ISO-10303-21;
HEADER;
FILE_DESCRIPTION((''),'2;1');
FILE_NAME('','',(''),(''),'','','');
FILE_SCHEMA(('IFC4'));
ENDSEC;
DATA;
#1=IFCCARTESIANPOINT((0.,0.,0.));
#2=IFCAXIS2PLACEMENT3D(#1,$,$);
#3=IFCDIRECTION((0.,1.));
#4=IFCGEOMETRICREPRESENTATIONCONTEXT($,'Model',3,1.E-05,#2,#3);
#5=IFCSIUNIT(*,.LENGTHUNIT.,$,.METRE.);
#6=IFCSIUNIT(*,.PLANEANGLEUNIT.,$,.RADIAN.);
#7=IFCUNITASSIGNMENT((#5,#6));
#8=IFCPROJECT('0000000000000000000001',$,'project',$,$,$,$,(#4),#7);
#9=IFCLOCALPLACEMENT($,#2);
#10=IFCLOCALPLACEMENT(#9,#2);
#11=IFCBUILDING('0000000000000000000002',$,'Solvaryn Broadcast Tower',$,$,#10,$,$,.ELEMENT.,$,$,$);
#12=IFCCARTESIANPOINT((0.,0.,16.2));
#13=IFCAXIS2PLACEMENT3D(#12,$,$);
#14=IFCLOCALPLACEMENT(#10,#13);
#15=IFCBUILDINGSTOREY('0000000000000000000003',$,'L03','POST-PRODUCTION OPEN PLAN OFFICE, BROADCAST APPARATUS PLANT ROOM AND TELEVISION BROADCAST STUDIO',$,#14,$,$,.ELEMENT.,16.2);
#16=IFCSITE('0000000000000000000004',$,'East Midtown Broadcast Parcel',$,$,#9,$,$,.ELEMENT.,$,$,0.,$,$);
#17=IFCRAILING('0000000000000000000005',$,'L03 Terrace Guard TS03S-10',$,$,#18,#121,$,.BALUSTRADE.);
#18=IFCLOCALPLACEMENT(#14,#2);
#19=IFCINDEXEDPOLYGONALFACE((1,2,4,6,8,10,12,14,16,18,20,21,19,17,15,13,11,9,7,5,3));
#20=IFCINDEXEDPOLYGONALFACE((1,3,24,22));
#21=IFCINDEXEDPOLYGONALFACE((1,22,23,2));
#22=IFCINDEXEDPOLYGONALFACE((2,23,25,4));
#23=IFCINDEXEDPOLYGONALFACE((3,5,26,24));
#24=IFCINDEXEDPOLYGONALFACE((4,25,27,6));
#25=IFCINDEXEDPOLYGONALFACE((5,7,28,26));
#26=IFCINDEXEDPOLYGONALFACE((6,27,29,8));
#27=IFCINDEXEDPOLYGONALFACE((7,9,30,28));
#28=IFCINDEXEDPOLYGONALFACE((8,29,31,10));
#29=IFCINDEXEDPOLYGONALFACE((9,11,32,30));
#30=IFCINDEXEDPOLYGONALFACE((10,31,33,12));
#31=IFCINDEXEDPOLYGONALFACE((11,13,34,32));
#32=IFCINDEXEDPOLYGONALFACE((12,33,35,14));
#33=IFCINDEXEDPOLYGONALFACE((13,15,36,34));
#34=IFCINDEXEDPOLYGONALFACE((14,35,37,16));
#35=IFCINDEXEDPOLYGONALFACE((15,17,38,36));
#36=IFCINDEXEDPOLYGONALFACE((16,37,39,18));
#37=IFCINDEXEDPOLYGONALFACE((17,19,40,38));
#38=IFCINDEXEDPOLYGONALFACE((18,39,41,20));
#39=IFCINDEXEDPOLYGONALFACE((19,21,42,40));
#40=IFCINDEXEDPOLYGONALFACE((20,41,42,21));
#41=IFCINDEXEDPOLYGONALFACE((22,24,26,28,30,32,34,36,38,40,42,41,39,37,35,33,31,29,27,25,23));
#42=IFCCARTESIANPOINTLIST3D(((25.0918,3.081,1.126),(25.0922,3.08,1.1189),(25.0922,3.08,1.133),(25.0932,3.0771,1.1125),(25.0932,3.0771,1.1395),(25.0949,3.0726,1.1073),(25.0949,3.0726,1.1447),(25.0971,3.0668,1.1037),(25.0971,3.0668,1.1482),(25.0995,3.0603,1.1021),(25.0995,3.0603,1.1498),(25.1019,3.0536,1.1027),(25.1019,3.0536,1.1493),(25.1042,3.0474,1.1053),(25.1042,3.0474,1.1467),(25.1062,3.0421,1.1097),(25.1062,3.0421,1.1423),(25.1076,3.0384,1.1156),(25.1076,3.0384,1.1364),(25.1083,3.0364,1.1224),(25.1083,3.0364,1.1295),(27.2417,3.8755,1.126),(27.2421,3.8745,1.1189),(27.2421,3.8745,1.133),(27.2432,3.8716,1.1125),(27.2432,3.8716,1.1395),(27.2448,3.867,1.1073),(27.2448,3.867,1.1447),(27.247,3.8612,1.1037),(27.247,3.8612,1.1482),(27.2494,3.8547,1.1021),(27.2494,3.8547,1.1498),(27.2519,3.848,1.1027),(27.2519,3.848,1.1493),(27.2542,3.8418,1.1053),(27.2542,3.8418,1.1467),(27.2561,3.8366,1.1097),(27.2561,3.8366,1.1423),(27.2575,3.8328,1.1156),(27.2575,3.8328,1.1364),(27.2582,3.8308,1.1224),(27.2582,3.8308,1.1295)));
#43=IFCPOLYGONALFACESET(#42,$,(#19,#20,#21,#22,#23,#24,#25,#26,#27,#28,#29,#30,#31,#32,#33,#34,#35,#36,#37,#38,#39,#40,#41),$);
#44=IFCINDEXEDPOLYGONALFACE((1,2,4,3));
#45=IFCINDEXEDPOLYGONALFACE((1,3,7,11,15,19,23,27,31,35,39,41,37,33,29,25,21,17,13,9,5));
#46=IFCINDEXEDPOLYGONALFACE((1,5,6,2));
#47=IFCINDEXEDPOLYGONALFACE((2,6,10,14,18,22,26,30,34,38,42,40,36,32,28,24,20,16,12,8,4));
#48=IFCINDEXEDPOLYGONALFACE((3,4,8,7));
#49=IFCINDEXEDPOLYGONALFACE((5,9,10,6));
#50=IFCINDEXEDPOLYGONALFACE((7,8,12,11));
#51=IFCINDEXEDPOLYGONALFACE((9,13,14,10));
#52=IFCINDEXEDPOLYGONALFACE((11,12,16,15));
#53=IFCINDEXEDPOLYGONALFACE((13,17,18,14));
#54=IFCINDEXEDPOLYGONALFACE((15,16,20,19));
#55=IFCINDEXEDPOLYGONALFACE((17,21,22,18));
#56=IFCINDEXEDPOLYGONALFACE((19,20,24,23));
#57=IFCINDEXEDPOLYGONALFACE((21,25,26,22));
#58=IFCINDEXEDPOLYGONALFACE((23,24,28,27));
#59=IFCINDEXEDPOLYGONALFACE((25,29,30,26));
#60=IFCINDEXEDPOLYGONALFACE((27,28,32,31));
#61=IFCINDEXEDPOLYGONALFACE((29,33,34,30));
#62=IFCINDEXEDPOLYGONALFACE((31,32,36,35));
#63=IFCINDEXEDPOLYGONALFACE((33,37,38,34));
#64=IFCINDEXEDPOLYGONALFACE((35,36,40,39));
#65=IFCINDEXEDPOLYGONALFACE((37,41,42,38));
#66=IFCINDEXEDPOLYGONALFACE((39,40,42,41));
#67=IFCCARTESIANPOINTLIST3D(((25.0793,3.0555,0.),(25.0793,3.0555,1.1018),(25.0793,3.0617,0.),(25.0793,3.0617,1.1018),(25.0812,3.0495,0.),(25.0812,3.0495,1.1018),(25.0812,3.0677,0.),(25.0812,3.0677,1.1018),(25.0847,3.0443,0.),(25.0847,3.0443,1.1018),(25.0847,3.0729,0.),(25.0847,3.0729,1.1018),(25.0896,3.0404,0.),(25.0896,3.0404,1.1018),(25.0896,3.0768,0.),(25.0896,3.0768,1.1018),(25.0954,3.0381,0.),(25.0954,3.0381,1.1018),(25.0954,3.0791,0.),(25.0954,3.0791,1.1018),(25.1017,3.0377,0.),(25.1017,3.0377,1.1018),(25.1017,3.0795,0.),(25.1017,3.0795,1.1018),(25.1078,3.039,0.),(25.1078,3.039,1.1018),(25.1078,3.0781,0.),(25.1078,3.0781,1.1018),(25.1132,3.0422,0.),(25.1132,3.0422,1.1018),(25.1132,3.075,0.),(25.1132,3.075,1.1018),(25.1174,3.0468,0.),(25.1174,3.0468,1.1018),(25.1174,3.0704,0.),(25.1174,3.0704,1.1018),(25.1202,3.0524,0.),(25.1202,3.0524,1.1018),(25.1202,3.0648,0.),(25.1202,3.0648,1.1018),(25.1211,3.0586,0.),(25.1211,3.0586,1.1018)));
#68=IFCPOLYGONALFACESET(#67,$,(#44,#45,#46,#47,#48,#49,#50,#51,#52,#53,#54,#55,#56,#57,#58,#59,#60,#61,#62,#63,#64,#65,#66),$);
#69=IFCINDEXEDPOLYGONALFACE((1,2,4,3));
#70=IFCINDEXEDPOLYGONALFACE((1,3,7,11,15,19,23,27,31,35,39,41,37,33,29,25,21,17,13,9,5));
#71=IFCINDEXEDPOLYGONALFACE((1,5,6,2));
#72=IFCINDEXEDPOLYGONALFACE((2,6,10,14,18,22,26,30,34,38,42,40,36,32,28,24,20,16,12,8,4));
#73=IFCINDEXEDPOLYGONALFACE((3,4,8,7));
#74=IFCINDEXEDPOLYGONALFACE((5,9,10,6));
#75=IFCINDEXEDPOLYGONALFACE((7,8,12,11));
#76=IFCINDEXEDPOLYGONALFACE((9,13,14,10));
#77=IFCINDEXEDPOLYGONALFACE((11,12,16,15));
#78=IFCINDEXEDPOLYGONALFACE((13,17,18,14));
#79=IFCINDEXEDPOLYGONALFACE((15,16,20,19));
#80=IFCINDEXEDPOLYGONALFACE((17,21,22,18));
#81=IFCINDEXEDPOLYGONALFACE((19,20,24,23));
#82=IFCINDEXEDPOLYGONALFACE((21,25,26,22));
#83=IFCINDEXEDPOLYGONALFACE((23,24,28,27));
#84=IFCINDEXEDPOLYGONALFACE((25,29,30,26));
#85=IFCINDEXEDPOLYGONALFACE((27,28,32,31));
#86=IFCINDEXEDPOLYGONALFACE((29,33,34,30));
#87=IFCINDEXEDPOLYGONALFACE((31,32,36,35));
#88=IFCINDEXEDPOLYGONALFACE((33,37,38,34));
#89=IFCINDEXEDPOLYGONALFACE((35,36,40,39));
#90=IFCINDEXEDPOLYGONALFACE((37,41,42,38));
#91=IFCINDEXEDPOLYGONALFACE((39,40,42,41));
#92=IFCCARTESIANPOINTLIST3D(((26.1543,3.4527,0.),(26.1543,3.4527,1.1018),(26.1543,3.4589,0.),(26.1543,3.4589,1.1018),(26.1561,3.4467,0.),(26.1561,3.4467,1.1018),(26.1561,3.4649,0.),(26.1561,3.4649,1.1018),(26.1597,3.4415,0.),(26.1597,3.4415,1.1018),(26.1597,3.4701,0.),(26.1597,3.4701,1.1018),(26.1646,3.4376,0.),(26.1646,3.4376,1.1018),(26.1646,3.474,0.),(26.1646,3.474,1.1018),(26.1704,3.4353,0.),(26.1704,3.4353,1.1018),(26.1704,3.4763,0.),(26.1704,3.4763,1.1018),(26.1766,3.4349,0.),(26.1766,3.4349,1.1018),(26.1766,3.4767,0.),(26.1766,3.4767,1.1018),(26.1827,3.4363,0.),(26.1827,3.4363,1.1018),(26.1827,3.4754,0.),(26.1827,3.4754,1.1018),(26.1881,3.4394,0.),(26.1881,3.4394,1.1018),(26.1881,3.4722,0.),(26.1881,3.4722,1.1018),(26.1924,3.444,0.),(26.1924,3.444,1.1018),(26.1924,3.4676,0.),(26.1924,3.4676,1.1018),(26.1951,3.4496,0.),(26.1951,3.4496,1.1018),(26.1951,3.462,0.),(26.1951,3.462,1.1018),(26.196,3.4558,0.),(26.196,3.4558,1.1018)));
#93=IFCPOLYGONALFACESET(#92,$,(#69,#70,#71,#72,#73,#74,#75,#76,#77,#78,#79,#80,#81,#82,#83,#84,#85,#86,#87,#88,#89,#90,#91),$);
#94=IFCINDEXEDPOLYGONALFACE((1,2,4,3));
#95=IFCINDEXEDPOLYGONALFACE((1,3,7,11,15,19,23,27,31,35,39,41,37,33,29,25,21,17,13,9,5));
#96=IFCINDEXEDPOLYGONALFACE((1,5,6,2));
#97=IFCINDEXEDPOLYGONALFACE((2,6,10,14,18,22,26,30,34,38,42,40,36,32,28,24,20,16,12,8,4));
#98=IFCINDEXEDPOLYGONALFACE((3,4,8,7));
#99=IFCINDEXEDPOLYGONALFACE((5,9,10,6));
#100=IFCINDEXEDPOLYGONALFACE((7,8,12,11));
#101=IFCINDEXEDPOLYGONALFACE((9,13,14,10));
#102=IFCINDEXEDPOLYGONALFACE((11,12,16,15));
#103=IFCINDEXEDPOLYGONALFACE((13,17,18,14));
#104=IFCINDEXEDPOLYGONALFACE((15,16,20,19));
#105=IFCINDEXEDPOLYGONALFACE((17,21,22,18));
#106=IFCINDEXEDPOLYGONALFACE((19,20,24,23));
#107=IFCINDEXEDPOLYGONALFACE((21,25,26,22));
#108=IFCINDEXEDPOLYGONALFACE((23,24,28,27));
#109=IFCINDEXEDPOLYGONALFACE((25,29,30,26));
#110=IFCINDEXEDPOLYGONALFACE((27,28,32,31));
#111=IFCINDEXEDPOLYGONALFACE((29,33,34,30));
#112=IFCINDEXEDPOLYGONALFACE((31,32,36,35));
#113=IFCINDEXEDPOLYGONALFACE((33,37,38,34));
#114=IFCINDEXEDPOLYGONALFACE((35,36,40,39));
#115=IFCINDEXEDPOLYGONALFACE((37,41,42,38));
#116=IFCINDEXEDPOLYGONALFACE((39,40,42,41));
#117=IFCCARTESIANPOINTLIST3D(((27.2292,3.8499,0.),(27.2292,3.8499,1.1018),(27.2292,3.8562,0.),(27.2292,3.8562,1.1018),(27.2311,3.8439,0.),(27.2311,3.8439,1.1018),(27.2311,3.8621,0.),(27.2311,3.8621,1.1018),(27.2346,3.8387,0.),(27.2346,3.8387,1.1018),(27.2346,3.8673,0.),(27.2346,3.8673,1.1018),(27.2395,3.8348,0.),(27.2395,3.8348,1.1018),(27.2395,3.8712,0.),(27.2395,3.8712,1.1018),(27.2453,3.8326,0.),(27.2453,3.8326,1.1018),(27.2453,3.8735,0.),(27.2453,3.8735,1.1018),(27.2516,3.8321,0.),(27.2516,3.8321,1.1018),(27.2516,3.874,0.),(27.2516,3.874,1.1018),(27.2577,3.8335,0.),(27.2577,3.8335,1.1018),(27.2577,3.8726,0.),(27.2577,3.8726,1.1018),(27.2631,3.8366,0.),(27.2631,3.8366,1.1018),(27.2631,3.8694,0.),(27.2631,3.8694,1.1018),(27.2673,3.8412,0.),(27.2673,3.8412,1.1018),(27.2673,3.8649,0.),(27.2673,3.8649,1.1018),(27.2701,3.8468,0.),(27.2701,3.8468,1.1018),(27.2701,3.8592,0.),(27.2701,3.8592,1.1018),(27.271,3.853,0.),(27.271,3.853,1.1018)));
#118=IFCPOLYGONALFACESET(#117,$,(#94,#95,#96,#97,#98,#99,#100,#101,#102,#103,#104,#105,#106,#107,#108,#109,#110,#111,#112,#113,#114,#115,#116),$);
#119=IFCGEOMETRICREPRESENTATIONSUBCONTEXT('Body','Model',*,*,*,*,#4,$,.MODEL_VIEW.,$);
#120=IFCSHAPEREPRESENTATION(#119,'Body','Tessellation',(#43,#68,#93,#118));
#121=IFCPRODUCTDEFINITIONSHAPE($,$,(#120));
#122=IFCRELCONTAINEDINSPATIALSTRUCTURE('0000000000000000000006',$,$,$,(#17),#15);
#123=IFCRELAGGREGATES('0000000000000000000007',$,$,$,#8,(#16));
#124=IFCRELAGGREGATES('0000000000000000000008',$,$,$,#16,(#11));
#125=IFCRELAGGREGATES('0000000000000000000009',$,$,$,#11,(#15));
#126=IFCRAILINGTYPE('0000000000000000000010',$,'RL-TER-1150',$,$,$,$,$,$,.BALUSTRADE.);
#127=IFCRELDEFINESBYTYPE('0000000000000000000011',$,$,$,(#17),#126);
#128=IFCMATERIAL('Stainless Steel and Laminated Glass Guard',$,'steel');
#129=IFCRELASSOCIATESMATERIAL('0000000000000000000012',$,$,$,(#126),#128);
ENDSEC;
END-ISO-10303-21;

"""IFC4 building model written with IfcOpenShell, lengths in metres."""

from ifc_helpers import new_model, si_unit, direction, frame, origin, origin_2d, place, context, subcontext, project, spatial, circle, extrude, material, type_object, element, save


model = new_model("IFC4")

# Units and contexts
model_context = context("Model", 3, precision=1e-05, world=origin(), true_north=direction((0.0, 1.0)))
body_context = subcontext(model_context, "Body", "Model", "MODEL_VIEW")
ifc_project = project(units=[si_unit("LENGTHUNIT", "METRE"), si_unit("PLANEANGLEUNIT", "RADIAN")], contexts=[model_context])

# Site, building, storey
site_placement = place(None, origin())
site = spatial("IfcSite", under=ifc_project, at=site_placement, Name="East Midtown Broadcast Parcel", CompositionType="ELEMENT", RefElevation=0.0)
building_placement = place(site_placement, origin())
building = spatial("IfcBuilding", under=site, at=building_placement, Name="Solvaryn Broadcast Tower", CompositionType="ELEMENT")
storey_placement = place(building_placement, frame((0.0, 0.0, 16.2)))
storey = spatial("IfcBuildingStorey", under=building, at=storey_placement, Name="L03", Description="POST-PRODUCTION OPEN PLAN OFFICE, BROADCAST APPARATUS PLANT ROOM AND TELEVISION BROADCAST STUDIO", CompositionType="ELEMENT", Elevation=16.2)

# Railing
ifc_material_1 = material(Name="Stainless Steel and Laminated Glass Guard", Category="steel")
railing_type = type_object("IfcRailingType", Name="RL-TER-1150", PredefinedType="BALUSTRADE", material=ifc_material_1)
railing_1_placement = place(storey_placement, frame((25.1001, 3.0586, 0.0)))
element("IfcRailing", 1, at=railing_1_placement, inside=storey, type_object=railing_type, Name="L03 Terrace Guard TS03S-10", PredefinedType="BALUSTRADE", context=body_context, shape_type="SweptSolid", body=[
    extrude(circle(Radius=0.0239, at=origin_2d()), frame((0.0, 0.0, 1.126), z_axis=(0.938008, 0.346613, 0.0), x_axis=(-0.346613, 0.938008, 0.0)), (0.0, 0.0, 1.0), 2.292),
    extrude(circle(Radius=0.021, at=origin_2d()), origin(), (0.0, 0.0, 1.0), 1.1018),
    extrude(circle(Radius=0.021, at=origin_2d()), frame((1.075, 0.3972, 0.0)), (0.0, 0.0, 1.0), 1.1018),
    extrude(circle(Radius=0.021, at=origin_2d()), frame((2.1499, 0.7944, 0.0)), (0.0, 0.0, 1.0), 1.1018),
])

save(model, "model.ifc")
